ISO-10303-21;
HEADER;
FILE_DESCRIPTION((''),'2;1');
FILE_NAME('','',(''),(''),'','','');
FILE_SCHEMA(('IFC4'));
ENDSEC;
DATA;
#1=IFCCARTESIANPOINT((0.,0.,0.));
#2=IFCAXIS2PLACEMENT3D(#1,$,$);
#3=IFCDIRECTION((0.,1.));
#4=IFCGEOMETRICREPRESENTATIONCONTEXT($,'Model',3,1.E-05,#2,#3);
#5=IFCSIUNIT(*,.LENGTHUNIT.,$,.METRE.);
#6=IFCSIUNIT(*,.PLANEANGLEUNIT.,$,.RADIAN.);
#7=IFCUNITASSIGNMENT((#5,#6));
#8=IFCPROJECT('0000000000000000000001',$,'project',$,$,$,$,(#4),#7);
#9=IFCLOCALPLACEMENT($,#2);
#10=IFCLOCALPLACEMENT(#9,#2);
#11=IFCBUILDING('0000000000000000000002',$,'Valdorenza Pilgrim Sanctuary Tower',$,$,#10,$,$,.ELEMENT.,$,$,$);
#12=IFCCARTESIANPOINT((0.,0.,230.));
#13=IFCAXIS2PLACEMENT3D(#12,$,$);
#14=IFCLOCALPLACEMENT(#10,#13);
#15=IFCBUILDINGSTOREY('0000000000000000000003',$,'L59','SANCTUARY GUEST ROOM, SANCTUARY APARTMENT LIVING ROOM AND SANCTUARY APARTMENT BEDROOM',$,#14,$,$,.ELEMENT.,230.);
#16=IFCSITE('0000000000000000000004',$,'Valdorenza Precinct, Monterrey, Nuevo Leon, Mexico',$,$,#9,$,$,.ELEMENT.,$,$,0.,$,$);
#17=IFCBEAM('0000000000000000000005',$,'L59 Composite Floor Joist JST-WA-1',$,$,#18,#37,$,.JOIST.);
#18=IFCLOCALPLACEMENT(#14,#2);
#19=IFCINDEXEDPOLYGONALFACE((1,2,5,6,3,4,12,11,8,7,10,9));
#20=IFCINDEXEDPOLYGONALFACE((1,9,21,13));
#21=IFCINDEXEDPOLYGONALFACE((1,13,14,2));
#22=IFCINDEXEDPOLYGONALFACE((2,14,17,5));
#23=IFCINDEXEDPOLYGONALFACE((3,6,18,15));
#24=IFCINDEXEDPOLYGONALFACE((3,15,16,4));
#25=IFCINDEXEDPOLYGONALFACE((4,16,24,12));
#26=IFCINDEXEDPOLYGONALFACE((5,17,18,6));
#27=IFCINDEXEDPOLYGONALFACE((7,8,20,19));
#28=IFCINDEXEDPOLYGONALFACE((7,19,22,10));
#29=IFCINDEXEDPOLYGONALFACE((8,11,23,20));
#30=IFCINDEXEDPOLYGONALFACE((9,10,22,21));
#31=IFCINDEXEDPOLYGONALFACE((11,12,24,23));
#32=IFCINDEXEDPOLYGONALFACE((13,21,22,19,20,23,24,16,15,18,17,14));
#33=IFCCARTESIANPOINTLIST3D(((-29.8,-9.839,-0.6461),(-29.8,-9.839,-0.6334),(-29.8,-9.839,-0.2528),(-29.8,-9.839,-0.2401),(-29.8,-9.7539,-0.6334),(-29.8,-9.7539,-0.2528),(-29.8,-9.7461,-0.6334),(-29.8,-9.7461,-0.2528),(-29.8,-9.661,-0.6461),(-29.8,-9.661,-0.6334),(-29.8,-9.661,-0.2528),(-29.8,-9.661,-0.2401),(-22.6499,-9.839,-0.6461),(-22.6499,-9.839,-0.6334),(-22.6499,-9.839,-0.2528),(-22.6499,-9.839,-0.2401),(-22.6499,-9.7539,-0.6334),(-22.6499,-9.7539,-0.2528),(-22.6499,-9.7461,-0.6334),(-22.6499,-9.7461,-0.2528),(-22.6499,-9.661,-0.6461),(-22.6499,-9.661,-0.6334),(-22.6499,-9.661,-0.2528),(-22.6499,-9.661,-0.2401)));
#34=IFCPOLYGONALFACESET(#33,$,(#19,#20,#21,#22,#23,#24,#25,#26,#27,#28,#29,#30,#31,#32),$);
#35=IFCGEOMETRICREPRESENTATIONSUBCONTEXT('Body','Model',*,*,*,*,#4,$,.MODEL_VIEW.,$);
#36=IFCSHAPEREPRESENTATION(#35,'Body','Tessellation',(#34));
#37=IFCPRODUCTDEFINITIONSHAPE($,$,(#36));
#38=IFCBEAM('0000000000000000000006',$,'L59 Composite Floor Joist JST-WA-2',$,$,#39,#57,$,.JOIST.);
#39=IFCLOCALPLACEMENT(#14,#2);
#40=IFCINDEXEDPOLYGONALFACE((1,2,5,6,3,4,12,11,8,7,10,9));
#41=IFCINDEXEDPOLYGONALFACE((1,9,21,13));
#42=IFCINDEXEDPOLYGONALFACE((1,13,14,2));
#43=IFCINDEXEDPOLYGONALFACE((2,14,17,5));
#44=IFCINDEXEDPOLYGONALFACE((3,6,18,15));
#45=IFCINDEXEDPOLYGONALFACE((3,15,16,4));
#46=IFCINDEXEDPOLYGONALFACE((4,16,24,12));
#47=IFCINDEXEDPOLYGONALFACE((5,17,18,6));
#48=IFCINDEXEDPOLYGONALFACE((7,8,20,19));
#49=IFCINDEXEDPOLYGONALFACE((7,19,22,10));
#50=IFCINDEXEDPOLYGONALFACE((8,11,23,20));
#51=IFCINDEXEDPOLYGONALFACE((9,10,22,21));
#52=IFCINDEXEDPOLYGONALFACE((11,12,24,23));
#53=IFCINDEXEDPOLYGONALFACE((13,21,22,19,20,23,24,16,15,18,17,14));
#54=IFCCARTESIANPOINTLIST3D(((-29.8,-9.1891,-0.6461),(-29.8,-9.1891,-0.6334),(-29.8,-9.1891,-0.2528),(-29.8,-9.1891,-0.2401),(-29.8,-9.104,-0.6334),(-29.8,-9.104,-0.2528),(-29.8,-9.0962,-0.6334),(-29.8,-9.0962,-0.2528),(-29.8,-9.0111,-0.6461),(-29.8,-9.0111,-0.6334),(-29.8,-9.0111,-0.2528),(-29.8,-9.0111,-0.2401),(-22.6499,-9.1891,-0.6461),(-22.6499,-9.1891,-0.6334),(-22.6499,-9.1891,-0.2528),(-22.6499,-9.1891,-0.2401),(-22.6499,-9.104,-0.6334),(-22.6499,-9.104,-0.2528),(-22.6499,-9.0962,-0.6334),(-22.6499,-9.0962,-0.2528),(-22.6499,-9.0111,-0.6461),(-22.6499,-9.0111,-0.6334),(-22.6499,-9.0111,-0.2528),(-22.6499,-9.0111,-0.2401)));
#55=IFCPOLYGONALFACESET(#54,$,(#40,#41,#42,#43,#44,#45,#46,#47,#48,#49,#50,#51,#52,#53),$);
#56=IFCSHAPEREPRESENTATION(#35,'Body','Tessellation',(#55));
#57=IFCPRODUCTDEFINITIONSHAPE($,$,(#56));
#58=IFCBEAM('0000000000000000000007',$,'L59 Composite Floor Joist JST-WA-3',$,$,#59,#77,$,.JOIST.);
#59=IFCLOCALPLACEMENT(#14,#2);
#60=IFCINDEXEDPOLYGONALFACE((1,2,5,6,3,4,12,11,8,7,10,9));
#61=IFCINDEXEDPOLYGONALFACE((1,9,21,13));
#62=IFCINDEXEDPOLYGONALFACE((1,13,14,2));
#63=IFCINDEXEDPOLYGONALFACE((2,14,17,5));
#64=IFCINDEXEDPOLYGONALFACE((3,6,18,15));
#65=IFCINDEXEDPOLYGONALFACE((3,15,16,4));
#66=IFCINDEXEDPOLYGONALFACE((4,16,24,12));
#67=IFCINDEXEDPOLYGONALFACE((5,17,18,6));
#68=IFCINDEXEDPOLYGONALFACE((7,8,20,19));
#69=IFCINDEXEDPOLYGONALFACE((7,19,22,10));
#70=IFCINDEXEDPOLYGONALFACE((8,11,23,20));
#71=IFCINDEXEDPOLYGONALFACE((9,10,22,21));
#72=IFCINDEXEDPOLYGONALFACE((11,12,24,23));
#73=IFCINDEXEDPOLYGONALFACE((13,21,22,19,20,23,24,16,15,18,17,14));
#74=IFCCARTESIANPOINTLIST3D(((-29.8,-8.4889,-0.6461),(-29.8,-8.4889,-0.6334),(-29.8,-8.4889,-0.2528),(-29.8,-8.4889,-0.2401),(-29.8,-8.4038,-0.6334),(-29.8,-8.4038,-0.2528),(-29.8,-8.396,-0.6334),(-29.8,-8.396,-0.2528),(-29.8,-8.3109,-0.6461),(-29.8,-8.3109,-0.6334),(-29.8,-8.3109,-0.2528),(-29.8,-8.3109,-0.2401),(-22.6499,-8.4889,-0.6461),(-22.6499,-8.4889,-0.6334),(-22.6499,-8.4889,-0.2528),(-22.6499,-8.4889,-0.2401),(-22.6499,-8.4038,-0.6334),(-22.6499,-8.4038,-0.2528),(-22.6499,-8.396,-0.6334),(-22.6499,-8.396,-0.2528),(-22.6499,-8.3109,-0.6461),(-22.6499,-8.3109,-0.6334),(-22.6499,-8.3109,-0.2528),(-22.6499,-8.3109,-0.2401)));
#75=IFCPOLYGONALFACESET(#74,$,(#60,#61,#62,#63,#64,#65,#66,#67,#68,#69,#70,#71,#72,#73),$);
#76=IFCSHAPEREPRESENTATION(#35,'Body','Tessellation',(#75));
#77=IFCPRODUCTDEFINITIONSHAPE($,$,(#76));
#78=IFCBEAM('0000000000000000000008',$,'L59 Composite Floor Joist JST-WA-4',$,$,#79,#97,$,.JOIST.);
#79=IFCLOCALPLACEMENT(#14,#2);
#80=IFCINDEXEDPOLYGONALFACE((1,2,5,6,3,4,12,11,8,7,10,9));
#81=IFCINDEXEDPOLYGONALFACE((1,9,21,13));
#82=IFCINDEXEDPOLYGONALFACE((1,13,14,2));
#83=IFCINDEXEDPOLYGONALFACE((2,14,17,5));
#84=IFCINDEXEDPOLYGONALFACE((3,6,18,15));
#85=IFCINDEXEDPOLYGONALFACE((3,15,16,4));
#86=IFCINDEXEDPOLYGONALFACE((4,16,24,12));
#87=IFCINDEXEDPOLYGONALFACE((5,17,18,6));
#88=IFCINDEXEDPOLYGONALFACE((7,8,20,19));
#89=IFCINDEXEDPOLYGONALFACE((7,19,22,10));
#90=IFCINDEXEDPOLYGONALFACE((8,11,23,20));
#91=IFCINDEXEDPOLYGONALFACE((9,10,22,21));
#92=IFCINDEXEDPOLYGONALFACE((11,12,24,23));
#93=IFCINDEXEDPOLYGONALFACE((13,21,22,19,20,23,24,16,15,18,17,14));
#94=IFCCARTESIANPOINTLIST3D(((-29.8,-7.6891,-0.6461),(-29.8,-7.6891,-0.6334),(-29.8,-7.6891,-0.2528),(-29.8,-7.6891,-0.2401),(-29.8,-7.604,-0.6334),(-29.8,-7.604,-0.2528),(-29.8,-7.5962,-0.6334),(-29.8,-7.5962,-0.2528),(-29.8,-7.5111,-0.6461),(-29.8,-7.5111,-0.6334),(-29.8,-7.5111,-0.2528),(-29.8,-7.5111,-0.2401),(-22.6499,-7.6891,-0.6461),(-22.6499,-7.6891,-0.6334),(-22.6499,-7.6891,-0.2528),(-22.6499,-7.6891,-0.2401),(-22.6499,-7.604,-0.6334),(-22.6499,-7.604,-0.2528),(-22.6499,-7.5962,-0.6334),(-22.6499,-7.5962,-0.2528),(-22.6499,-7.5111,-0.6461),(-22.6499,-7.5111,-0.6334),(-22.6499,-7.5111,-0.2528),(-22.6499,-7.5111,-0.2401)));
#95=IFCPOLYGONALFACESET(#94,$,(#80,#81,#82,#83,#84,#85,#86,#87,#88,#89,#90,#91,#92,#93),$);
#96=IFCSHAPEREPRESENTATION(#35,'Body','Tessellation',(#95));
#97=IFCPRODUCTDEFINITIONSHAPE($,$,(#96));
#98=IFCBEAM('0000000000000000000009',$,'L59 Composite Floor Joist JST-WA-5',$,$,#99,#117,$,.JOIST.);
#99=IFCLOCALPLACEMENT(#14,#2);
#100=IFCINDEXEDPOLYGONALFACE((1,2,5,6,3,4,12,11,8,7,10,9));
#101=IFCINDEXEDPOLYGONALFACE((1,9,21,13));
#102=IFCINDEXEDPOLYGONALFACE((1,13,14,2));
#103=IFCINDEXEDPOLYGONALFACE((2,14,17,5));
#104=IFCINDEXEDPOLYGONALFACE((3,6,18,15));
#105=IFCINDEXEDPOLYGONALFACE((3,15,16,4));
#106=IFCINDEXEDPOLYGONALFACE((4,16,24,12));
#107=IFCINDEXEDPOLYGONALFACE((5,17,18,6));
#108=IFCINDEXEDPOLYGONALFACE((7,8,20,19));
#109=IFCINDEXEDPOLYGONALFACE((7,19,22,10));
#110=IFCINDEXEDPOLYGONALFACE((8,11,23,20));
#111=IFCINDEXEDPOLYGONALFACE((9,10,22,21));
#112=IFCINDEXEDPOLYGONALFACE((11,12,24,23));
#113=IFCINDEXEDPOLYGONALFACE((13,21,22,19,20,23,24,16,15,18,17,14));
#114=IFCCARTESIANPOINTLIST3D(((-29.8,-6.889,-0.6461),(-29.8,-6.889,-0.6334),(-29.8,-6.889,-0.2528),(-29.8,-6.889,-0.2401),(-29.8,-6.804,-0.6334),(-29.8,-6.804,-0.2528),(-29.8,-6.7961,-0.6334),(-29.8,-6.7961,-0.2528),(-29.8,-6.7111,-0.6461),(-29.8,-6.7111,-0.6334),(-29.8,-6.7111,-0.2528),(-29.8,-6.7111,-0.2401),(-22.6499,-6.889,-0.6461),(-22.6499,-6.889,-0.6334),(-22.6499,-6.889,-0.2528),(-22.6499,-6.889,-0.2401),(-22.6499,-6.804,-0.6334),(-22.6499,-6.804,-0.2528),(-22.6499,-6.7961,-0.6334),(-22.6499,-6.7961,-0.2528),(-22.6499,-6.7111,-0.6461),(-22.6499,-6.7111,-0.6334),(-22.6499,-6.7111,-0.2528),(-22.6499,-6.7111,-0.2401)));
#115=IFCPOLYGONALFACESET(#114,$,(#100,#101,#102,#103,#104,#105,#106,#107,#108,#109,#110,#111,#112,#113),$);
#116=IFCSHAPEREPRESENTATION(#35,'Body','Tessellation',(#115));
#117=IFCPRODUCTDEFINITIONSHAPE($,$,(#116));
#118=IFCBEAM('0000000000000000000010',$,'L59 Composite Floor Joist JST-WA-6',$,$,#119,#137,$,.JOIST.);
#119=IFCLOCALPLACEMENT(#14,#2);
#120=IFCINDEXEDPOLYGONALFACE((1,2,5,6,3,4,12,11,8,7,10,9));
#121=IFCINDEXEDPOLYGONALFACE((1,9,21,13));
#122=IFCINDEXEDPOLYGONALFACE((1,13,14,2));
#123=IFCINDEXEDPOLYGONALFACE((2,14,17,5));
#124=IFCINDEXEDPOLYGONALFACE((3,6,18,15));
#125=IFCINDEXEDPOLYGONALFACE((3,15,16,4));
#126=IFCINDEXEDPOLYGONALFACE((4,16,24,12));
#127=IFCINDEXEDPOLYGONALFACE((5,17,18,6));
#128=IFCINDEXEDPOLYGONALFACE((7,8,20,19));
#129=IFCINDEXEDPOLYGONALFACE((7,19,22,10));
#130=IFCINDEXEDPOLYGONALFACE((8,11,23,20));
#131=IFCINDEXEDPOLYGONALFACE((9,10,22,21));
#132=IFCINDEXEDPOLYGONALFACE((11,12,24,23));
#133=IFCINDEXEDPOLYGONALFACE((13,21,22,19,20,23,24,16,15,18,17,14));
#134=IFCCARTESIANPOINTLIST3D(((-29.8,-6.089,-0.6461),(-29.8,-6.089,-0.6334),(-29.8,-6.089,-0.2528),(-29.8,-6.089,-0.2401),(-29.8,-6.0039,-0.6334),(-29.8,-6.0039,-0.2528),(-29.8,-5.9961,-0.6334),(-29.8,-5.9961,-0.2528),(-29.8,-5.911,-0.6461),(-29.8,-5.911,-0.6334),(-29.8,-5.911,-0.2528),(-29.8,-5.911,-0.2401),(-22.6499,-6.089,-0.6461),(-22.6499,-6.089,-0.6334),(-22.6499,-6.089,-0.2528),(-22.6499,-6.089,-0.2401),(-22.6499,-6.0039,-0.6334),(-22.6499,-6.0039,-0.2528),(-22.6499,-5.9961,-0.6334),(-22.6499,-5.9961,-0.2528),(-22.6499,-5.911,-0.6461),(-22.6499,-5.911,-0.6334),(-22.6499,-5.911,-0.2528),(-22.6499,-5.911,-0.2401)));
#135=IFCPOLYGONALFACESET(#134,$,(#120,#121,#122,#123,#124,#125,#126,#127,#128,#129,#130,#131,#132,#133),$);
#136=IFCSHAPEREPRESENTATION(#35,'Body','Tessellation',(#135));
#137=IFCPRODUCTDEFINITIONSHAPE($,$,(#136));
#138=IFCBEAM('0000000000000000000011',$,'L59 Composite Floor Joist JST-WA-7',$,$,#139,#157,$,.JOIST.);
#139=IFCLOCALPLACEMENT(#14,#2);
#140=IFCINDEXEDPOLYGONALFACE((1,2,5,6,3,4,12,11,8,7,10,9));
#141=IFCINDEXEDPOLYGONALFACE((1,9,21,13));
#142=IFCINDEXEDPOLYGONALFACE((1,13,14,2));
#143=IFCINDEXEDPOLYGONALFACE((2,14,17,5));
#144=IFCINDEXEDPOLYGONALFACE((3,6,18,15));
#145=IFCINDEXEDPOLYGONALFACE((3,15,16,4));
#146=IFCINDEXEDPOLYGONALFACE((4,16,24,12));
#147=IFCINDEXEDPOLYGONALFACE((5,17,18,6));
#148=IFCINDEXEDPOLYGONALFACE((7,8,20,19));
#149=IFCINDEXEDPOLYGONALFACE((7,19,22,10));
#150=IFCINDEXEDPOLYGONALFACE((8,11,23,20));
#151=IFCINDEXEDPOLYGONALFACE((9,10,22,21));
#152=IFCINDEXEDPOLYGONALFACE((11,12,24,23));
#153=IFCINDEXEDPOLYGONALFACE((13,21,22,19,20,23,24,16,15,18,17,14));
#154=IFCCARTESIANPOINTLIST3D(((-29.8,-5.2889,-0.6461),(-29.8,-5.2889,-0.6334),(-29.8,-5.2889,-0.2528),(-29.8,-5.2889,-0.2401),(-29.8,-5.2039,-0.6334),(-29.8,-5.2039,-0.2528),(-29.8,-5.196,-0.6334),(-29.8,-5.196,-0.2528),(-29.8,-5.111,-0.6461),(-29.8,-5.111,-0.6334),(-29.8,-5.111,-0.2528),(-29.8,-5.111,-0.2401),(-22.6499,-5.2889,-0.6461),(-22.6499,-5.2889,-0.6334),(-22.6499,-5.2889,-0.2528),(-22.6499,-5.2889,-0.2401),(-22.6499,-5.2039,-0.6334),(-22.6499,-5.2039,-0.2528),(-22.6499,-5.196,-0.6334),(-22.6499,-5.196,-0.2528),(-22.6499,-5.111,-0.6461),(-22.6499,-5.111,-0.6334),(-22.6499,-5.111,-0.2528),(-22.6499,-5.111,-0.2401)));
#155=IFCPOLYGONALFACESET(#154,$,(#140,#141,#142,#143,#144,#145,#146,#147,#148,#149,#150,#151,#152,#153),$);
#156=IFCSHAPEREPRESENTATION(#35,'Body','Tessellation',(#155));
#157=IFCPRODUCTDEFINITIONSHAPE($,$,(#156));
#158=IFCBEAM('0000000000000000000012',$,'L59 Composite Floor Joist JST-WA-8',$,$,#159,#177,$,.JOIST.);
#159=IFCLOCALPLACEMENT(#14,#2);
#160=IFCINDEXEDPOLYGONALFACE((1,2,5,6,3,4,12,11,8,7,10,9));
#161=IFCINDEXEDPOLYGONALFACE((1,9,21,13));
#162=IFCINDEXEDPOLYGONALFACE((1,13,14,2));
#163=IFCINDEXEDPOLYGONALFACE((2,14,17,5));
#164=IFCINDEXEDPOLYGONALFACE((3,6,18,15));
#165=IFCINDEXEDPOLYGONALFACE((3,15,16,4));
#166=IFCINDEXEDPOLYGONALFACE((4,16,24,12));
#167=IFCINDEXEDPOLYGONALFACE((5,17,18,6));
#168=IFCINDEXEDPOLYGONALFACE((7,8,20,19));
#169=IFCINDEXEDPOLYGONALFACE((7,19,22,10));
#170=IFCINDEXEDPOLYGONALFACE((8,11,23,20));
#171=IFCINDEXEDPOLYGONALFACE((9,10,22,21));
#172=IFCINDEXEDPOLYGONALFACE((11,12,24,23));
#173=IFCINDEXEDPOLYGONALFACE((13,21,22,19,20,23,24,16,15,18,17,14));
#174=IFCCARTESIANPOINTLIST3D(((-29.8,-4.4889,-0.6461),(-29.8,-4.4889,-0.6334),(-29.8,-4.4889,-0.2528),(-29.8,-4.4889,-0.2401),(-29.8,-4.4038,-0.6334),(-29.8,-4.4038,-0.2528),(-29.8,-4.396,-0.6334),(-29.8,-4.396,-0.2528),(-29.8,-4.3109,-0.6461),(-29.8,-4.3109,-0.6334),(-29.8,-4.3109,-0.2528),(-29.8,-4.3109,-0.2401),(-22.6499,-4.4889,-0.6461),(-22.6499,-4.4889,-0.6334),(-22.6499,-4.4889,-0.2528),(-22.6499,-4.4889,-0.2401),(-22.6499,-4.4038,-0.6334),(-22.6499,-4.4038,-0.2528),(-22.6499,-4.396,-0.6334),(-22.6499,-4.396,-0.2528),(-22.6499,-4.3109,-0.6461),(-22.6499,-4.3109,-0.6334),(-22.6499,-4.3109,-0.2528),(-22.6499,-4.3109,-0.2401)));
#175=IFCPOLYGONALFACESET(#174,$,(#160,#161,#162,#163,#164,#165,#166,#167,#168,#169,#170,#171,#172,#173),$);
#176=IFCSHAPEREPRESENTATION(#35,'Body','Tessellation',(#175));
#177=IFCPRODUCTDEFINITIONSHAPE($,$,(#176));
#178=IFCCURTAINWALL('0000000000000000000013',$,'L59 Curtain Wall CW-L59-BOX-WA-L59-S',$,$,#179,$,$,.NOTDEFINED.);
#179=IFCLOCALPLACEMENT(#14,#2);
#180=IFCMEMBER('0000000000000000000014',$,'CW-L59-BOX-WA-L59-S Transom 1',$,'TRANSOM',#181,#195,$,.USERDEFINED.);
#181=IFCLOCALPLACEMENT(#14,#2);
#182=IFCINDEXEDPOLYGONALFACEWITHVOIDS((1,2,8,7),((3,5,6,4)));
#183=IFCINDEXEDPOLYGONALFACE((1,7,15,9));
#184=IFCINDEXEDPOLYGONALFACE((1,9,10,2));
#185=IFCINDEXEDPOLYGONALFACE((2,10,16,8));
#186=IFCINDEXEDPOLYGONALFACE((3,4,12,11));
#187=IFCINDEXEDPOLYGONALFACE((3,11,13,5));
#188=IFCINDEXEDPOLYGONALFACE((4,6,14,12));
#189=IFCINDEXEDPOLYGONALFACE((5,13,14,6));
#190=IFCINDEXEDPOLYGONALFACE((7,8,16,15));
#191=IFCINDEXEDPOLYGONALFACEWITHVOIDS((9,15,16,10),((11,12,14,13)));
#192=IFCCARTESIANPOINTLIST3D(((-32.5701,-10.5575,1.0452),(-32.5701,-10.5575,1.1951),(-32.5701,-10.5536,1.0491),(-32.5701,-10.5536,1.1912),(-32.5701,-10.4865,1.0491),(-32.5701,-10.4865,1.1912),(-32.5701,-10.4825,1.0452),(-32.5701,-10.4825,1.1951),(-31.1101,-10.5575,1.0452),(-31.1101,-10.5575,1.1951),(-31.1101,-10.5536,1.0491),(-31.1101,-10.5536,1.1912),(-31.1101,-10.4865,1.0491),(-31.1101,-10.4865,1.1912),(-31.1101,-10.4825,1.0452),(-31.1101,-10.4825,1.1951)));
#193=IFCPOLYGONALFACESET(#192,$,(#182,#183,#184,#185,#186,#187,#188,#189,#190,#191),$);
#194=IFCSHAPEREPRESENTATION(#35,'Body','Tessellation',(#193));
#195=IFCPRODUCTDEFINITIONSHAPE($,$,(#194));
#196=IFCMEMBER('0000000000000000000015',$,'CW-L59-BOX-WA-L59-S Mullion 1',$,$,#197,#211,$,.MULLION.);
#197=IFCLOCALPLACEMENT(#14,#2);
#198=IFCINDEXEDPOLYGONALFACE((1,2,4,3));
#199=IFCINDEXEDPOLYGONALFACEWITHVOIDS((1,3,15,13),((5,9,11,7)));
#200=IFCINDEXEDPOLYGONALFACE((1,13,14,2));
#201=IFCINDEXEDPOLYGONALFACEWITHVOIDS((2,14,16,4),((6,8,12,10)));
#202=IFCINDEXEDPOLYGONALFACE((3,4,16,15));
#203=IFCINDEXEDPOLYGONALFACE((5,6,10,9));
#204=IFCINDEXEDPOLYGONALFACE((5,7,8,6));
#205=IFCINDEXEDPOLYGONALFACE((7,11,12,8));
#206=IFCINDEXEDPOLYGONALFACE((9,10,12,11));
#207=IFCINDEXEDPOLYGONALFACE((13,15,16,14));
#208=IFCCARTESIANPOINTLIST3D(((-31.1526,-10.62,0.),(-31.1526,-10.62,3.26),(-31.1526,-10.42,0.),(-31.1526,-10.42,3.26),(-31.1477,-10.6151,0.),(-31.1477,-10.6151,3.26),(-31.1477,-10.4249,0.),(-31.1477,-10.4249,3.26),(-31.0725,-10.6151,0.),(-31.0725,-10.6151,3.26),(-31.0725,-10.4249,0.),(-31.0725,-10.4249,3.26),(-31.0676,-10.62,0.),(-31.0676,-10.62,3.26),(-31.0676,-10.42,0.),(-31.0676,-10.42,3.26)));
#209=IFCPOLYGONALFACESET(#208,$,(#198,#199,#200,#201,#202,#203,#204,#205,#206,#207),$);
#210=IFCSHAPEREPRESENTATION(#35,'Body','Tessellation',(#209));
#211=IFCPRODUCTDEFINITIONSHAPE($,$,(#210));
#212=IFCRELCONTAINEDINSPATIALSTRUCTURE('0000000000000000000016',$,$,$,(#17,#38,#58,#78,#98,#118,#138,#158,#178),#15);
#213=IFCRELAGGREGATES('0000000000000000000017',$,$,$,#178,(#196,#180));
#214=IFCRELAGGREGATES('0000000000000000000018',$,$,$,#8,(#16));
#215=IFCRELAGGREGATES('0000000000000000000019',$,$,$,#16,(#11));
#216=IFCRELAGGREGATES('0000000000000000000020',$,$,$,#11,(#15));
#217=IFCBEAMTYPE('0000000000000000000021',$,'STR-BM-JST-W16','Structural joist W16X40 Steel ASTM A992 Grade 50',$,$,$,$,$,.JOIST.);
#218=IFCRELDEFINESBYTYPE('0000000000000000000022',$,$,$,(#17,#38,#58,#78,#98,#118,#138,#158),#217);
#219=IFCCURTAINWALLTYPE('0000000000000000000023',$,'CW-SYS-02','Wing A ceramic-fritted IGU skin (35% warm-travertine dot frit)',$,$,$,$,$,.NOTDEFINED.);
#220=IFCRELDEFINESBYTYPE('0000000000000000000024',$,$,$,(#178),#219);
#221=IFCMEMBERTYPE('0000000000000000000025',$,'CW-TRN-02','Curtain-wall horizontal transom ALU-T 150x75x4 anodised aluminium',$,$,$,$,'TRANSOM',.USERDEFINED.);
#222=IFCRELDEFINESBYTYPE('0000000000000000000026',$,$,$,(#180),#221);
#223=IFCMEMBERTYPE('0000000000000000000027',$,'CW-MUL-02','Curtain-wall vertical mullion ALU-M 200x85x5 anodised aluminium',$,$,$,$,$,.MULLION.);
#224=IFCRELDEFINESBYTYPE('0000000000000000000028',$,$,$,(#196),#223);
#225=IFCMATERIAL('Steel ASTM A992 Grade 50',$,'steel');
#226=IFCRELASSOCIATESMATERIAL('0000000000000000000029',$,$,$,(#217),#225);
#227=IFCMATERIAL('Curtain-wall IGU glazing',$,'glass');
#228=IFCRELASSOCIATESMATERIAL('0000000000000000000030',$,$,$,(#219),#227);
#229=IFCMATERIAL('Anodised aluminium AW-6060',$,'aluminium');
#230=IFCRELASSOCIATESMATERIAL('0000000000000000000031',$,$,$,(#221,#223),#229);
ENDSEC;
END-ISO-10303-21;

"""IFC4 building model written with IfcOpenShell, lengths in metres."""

from ifc_helpers import new_model, si_unit, direction, frame, origin, origin_2d, place, context, subcontext, project, spatial, hollow_rectangle, i_section, extrude, source, transform, mapped, material, material_profile, profile_set, type_object, element, aggregate, save


model = new_model("IFC4")

# Units and contexts
model_context = context("Model", 3, precision=1e-05, world=origin(), true_north=direction((0.0, 1.0)))
body_context = subcontext(model_context, "Body", "Model", "MODEL_VIEW")
ifc_project = project(units=[si_unit("LENGTHUNIT", "METRE"), si_unit("PLANEANGLEUNIT", "RADIAN")], contexts=[model_context])

# Site, building, storey
site_placement = place(None, origin())
site = spatial("IfcSite", under=ifc_project, at=site_placement, Name="Valdorenza Precinct, Monterrey, Nuevo Leon, Mexico", CompositionType="ELEMENT", RefElevation=0.0)
building_placement = place(site_placement, origin())
building = spatial("IfcBuilding", under=site, at=building_placement, Name="Valdorenza Pilgrim Sanctuary Tower", CompositionType="ELEMENT")
storey_placement = place(building_placement, frame((0.0, 0.0, 230.0)))
storey = spatial("IfcBuildingStorey", under=building, at=storey_placement, Name="L59", Description="SANCTUARY GUEST ROOM, SANCTUARY APARTMENT LIVING ROOM AND SANCTUARY APARTMENT BEDROOM", CompositionType="ELEMENT", Elevation=230.0)

# Beams
ifc_material_1 = material(Name="Steel ASTM A992 Grade 50", Category="steel")
ifc_material_profile_1 = material_profile(ifc_material_1, i_section(OverallWidth=0.178, OverallDepth=0.406, WebThickness=0.0078, FlangeThickness=0.0127, at=origin_2d()), Name="W16X40")
ifc_profile_set_1 = profile_set([ifc_material_profile_1], Name="Steel ASTM A992 Grade 50")
beam_type = type_object("IfcBeamType", Name="STR-BM-JST-W16", Description="Structural joist W16X40 Steel ASTM A992 Grade 50", PredefinedType="JOIST", material=ifc_profile_set_1)
shared_shape_1 = source(origin(), body_context, "Body", "SweptSolid", [
    extrude(i_section(OverallWidth=0.178, OverallDepth=0.406, WebThickness=0.0078, FlangeThickness=0.0127, at=origin_2d()), origin(), (0.0, 0.0, 1.0), 7.1501),
])
for number, where, z_axis, x_axis, name in (
    (1, (-29.8, -9.75, -0.4431), (1.0, 0.0, 0.0), (0.0, 1.0, 0.0), "L59 Composite Floor Joist JST-WA-1"),
    (2, (-29.8, -9.1001, -0.4431), (1.0, 0.0, 0.0), (0.0, 1.0, 0.0), "L59 Composite Floor Joist JST-WA-2"),
    (3, (-29.8, -8.3999, -0.4431), (1.0, 0.0, 0.0), (0.0, 1.0, 0.0), "L59 Composite Floor Joist JST-WA-3"),
    (4, (-29.8, -7.6001, -0.4431), (1.0, 0.0, 0.0), (0.0, 1.0, 0.0), "L59 Composite Floor Joist JST-WA-4"),
    (5, (-29.8, -6.8, -0.4431), (1.0, 0.0, 0.0), (0.0, 1.0, 0.0), "L59 Composite Floor Joist JST-WA-5"),
    (6, (-29.8, -6.0, -0.4431), (1.0, 0.0, 0.0), (0.0, 1.0, 0.0), "L59 Composite Floor Joist JST-WA-6"),
    (7, (-29.8, -5.2, -0.4431), (1.0, 0.0, 0.0), (0.0, 1.0, 0.0), "L59 Composite Floor Joist JST-WA-7"),
    (8, (-29.8, -4.3999, -0.4431), (1.0, 0.0, 0.0), (0.0, 1.0, 0.0), "L59 Composite Floor Joist JST-WA-8"),
):
    element("IfcBeam", number, at=place(storey_placement, frame(where, z_axis=z_axis, x_axis=x_axis)), inside=storey, type_object=beam_type, Name=name, PredefinedType="JOIST", context=body_context, shape_type="MappedRepresentation", body=[
        mapped(shared_shape_1, transform((0.0, 0.0, 0.0), x_axis=(1.0, 0.0, 0.0), y_axis=(0.0, 1.0, 0.0), z_axis=(0.0, 0.0, 1.0), scale=1.0)),
    ])

# Curtain wall, members
ifc_material_2 = material(Name="Curtain-wall IGU glazing", Category="glass")
curtain_wall_type = type_object("IfcCurtainWallType", Name="CW-SYS-02", Description="Wing A ceramic-fritted IGU skin (35% warm-travertine dot frit)", PredefinedType="NOTDEFINED", material=ifc_material_2)
curtain_wall_1_placement = place(storey_placement, origin())
curtain_wall_1 = element("IfcCurtainWall", 9, at=curtain_wall_1_placement, inside=storey, type_object=curtain_wall_type, Name="L59 Curtain Wall CW-L59-BOX-WA-L59-S", PredefinedType="NOTDEFINED")
ifc_material_3 = material(Name="Anodised aluminium AW-6060", Category="aluminium")
ifc_material_profile_2 = material_profile(ifc_material_3, hollow_rectangle(XDim=0.075, YDim=0.1499, WallThickness=0.0039, at=origin_2d()), Name="ALU-T 150x75x4")
ifc_profile_set_2 = profile_set([ifc_material_profile_2], Name="Anodised aluminium AW-6060")
member_type_1 = type_object("IfcMemberType", Name="CW-TRN-02", Description="Curtain-wall horizontal transom ALU-T 150x75x4 anodised aluminium", ElementType="TRANSOM", PredefinedType="USERDEFINED", material=ifc_profile_set_2)
shared_shape_2 = source(origin(), body_context, "Body", "SweptSolid", [
    extrude(hollow_rectangle(XDim=0.075, YDim=0.1499, WallThickness=0.0039, at=origin_2d()), origin(), (0.0, 0.0, 1.0), 1.46),
])
member_1_placement = place(storey_placement, frame((-31.1101, -10.52, 1.1201), z_axis=(-1.0, 0.0, 0.0), x_axis=(0.0, -1.0, 0.0)))
member_1 = element("IfcMember", 10, at=member_1_placement, type_object=member_type_1, Name="CW-L59-BOX-WA-L59-S Transom 1", ObjectType="TRANSOM", PredefinedType="USERDEFINED", context=body_context, shape_type="MappedRepresentation", body=[
    mapped(shared_shape_2, transform((0.0, 0.0, 0.0), x_axis=(1.0, 0.0, 0.0), y_axis=(0.0, 1.0, 0.0), z_axis=(0.0, 0.0, 1.0), scale=1.0)),
])
ifc_material_profile_3 = material_profile(ifc_material_3, hollow_rectangle(XDim=0.085, YDim=0.2, WallThickness=0.0049, at=origin_2d()), Name="ALU-M 200x85x5")
ifc_profile_set_3 = profile_set([ifc_material_profile_3], Name="Anodised aluminium AW-6060")
member_type_2 = type_object("IfcMemberType", Name="CW-MUL-02", Description="Curtain-wall vertical mullion ALU-M 200x85x5 anodised aluminium", PredefinedType="MULLION", material=ifc_profile_set_3)
shared_shape_3 = source(origin(), body_context, "Body", "SweptSolid", [
    extrude(hollow_rectangle(XDim=0.085, YDim=0.2, WallThickness=0.0049, at=origin_2d()), origin(), (0.0, 0.0, 1.0), 3.26),
])
member_2_placement = place(storey_placement, frame((-31.1101, -10.52, 0.0), z_axis=(0.0, 0.0, 1.0), x_axis=(-1.0, 0.0, 0.0)))
member_2 = element("IfcMember", 11, at=member_2_placement, type_object=member_type_2, Name="CW-L59-BOX-WA-L59-S Mullion 1", PredefinedType="MULLION", context=body_context, shape_type="MappedRepresentation", body=[
    mapped(shared_shape_3, transform((0.0, 0.0, 0.0), x_axis=(1.0, 0.0, 0.0), y_axis=(0.0, 1.0, 0.0), z_axis=(0.0, 0.0, 1.0), scale=1.0)),
])

aggregate(curtain_wall_1, [member_2, member_1])

save(model, "model.ifc")
